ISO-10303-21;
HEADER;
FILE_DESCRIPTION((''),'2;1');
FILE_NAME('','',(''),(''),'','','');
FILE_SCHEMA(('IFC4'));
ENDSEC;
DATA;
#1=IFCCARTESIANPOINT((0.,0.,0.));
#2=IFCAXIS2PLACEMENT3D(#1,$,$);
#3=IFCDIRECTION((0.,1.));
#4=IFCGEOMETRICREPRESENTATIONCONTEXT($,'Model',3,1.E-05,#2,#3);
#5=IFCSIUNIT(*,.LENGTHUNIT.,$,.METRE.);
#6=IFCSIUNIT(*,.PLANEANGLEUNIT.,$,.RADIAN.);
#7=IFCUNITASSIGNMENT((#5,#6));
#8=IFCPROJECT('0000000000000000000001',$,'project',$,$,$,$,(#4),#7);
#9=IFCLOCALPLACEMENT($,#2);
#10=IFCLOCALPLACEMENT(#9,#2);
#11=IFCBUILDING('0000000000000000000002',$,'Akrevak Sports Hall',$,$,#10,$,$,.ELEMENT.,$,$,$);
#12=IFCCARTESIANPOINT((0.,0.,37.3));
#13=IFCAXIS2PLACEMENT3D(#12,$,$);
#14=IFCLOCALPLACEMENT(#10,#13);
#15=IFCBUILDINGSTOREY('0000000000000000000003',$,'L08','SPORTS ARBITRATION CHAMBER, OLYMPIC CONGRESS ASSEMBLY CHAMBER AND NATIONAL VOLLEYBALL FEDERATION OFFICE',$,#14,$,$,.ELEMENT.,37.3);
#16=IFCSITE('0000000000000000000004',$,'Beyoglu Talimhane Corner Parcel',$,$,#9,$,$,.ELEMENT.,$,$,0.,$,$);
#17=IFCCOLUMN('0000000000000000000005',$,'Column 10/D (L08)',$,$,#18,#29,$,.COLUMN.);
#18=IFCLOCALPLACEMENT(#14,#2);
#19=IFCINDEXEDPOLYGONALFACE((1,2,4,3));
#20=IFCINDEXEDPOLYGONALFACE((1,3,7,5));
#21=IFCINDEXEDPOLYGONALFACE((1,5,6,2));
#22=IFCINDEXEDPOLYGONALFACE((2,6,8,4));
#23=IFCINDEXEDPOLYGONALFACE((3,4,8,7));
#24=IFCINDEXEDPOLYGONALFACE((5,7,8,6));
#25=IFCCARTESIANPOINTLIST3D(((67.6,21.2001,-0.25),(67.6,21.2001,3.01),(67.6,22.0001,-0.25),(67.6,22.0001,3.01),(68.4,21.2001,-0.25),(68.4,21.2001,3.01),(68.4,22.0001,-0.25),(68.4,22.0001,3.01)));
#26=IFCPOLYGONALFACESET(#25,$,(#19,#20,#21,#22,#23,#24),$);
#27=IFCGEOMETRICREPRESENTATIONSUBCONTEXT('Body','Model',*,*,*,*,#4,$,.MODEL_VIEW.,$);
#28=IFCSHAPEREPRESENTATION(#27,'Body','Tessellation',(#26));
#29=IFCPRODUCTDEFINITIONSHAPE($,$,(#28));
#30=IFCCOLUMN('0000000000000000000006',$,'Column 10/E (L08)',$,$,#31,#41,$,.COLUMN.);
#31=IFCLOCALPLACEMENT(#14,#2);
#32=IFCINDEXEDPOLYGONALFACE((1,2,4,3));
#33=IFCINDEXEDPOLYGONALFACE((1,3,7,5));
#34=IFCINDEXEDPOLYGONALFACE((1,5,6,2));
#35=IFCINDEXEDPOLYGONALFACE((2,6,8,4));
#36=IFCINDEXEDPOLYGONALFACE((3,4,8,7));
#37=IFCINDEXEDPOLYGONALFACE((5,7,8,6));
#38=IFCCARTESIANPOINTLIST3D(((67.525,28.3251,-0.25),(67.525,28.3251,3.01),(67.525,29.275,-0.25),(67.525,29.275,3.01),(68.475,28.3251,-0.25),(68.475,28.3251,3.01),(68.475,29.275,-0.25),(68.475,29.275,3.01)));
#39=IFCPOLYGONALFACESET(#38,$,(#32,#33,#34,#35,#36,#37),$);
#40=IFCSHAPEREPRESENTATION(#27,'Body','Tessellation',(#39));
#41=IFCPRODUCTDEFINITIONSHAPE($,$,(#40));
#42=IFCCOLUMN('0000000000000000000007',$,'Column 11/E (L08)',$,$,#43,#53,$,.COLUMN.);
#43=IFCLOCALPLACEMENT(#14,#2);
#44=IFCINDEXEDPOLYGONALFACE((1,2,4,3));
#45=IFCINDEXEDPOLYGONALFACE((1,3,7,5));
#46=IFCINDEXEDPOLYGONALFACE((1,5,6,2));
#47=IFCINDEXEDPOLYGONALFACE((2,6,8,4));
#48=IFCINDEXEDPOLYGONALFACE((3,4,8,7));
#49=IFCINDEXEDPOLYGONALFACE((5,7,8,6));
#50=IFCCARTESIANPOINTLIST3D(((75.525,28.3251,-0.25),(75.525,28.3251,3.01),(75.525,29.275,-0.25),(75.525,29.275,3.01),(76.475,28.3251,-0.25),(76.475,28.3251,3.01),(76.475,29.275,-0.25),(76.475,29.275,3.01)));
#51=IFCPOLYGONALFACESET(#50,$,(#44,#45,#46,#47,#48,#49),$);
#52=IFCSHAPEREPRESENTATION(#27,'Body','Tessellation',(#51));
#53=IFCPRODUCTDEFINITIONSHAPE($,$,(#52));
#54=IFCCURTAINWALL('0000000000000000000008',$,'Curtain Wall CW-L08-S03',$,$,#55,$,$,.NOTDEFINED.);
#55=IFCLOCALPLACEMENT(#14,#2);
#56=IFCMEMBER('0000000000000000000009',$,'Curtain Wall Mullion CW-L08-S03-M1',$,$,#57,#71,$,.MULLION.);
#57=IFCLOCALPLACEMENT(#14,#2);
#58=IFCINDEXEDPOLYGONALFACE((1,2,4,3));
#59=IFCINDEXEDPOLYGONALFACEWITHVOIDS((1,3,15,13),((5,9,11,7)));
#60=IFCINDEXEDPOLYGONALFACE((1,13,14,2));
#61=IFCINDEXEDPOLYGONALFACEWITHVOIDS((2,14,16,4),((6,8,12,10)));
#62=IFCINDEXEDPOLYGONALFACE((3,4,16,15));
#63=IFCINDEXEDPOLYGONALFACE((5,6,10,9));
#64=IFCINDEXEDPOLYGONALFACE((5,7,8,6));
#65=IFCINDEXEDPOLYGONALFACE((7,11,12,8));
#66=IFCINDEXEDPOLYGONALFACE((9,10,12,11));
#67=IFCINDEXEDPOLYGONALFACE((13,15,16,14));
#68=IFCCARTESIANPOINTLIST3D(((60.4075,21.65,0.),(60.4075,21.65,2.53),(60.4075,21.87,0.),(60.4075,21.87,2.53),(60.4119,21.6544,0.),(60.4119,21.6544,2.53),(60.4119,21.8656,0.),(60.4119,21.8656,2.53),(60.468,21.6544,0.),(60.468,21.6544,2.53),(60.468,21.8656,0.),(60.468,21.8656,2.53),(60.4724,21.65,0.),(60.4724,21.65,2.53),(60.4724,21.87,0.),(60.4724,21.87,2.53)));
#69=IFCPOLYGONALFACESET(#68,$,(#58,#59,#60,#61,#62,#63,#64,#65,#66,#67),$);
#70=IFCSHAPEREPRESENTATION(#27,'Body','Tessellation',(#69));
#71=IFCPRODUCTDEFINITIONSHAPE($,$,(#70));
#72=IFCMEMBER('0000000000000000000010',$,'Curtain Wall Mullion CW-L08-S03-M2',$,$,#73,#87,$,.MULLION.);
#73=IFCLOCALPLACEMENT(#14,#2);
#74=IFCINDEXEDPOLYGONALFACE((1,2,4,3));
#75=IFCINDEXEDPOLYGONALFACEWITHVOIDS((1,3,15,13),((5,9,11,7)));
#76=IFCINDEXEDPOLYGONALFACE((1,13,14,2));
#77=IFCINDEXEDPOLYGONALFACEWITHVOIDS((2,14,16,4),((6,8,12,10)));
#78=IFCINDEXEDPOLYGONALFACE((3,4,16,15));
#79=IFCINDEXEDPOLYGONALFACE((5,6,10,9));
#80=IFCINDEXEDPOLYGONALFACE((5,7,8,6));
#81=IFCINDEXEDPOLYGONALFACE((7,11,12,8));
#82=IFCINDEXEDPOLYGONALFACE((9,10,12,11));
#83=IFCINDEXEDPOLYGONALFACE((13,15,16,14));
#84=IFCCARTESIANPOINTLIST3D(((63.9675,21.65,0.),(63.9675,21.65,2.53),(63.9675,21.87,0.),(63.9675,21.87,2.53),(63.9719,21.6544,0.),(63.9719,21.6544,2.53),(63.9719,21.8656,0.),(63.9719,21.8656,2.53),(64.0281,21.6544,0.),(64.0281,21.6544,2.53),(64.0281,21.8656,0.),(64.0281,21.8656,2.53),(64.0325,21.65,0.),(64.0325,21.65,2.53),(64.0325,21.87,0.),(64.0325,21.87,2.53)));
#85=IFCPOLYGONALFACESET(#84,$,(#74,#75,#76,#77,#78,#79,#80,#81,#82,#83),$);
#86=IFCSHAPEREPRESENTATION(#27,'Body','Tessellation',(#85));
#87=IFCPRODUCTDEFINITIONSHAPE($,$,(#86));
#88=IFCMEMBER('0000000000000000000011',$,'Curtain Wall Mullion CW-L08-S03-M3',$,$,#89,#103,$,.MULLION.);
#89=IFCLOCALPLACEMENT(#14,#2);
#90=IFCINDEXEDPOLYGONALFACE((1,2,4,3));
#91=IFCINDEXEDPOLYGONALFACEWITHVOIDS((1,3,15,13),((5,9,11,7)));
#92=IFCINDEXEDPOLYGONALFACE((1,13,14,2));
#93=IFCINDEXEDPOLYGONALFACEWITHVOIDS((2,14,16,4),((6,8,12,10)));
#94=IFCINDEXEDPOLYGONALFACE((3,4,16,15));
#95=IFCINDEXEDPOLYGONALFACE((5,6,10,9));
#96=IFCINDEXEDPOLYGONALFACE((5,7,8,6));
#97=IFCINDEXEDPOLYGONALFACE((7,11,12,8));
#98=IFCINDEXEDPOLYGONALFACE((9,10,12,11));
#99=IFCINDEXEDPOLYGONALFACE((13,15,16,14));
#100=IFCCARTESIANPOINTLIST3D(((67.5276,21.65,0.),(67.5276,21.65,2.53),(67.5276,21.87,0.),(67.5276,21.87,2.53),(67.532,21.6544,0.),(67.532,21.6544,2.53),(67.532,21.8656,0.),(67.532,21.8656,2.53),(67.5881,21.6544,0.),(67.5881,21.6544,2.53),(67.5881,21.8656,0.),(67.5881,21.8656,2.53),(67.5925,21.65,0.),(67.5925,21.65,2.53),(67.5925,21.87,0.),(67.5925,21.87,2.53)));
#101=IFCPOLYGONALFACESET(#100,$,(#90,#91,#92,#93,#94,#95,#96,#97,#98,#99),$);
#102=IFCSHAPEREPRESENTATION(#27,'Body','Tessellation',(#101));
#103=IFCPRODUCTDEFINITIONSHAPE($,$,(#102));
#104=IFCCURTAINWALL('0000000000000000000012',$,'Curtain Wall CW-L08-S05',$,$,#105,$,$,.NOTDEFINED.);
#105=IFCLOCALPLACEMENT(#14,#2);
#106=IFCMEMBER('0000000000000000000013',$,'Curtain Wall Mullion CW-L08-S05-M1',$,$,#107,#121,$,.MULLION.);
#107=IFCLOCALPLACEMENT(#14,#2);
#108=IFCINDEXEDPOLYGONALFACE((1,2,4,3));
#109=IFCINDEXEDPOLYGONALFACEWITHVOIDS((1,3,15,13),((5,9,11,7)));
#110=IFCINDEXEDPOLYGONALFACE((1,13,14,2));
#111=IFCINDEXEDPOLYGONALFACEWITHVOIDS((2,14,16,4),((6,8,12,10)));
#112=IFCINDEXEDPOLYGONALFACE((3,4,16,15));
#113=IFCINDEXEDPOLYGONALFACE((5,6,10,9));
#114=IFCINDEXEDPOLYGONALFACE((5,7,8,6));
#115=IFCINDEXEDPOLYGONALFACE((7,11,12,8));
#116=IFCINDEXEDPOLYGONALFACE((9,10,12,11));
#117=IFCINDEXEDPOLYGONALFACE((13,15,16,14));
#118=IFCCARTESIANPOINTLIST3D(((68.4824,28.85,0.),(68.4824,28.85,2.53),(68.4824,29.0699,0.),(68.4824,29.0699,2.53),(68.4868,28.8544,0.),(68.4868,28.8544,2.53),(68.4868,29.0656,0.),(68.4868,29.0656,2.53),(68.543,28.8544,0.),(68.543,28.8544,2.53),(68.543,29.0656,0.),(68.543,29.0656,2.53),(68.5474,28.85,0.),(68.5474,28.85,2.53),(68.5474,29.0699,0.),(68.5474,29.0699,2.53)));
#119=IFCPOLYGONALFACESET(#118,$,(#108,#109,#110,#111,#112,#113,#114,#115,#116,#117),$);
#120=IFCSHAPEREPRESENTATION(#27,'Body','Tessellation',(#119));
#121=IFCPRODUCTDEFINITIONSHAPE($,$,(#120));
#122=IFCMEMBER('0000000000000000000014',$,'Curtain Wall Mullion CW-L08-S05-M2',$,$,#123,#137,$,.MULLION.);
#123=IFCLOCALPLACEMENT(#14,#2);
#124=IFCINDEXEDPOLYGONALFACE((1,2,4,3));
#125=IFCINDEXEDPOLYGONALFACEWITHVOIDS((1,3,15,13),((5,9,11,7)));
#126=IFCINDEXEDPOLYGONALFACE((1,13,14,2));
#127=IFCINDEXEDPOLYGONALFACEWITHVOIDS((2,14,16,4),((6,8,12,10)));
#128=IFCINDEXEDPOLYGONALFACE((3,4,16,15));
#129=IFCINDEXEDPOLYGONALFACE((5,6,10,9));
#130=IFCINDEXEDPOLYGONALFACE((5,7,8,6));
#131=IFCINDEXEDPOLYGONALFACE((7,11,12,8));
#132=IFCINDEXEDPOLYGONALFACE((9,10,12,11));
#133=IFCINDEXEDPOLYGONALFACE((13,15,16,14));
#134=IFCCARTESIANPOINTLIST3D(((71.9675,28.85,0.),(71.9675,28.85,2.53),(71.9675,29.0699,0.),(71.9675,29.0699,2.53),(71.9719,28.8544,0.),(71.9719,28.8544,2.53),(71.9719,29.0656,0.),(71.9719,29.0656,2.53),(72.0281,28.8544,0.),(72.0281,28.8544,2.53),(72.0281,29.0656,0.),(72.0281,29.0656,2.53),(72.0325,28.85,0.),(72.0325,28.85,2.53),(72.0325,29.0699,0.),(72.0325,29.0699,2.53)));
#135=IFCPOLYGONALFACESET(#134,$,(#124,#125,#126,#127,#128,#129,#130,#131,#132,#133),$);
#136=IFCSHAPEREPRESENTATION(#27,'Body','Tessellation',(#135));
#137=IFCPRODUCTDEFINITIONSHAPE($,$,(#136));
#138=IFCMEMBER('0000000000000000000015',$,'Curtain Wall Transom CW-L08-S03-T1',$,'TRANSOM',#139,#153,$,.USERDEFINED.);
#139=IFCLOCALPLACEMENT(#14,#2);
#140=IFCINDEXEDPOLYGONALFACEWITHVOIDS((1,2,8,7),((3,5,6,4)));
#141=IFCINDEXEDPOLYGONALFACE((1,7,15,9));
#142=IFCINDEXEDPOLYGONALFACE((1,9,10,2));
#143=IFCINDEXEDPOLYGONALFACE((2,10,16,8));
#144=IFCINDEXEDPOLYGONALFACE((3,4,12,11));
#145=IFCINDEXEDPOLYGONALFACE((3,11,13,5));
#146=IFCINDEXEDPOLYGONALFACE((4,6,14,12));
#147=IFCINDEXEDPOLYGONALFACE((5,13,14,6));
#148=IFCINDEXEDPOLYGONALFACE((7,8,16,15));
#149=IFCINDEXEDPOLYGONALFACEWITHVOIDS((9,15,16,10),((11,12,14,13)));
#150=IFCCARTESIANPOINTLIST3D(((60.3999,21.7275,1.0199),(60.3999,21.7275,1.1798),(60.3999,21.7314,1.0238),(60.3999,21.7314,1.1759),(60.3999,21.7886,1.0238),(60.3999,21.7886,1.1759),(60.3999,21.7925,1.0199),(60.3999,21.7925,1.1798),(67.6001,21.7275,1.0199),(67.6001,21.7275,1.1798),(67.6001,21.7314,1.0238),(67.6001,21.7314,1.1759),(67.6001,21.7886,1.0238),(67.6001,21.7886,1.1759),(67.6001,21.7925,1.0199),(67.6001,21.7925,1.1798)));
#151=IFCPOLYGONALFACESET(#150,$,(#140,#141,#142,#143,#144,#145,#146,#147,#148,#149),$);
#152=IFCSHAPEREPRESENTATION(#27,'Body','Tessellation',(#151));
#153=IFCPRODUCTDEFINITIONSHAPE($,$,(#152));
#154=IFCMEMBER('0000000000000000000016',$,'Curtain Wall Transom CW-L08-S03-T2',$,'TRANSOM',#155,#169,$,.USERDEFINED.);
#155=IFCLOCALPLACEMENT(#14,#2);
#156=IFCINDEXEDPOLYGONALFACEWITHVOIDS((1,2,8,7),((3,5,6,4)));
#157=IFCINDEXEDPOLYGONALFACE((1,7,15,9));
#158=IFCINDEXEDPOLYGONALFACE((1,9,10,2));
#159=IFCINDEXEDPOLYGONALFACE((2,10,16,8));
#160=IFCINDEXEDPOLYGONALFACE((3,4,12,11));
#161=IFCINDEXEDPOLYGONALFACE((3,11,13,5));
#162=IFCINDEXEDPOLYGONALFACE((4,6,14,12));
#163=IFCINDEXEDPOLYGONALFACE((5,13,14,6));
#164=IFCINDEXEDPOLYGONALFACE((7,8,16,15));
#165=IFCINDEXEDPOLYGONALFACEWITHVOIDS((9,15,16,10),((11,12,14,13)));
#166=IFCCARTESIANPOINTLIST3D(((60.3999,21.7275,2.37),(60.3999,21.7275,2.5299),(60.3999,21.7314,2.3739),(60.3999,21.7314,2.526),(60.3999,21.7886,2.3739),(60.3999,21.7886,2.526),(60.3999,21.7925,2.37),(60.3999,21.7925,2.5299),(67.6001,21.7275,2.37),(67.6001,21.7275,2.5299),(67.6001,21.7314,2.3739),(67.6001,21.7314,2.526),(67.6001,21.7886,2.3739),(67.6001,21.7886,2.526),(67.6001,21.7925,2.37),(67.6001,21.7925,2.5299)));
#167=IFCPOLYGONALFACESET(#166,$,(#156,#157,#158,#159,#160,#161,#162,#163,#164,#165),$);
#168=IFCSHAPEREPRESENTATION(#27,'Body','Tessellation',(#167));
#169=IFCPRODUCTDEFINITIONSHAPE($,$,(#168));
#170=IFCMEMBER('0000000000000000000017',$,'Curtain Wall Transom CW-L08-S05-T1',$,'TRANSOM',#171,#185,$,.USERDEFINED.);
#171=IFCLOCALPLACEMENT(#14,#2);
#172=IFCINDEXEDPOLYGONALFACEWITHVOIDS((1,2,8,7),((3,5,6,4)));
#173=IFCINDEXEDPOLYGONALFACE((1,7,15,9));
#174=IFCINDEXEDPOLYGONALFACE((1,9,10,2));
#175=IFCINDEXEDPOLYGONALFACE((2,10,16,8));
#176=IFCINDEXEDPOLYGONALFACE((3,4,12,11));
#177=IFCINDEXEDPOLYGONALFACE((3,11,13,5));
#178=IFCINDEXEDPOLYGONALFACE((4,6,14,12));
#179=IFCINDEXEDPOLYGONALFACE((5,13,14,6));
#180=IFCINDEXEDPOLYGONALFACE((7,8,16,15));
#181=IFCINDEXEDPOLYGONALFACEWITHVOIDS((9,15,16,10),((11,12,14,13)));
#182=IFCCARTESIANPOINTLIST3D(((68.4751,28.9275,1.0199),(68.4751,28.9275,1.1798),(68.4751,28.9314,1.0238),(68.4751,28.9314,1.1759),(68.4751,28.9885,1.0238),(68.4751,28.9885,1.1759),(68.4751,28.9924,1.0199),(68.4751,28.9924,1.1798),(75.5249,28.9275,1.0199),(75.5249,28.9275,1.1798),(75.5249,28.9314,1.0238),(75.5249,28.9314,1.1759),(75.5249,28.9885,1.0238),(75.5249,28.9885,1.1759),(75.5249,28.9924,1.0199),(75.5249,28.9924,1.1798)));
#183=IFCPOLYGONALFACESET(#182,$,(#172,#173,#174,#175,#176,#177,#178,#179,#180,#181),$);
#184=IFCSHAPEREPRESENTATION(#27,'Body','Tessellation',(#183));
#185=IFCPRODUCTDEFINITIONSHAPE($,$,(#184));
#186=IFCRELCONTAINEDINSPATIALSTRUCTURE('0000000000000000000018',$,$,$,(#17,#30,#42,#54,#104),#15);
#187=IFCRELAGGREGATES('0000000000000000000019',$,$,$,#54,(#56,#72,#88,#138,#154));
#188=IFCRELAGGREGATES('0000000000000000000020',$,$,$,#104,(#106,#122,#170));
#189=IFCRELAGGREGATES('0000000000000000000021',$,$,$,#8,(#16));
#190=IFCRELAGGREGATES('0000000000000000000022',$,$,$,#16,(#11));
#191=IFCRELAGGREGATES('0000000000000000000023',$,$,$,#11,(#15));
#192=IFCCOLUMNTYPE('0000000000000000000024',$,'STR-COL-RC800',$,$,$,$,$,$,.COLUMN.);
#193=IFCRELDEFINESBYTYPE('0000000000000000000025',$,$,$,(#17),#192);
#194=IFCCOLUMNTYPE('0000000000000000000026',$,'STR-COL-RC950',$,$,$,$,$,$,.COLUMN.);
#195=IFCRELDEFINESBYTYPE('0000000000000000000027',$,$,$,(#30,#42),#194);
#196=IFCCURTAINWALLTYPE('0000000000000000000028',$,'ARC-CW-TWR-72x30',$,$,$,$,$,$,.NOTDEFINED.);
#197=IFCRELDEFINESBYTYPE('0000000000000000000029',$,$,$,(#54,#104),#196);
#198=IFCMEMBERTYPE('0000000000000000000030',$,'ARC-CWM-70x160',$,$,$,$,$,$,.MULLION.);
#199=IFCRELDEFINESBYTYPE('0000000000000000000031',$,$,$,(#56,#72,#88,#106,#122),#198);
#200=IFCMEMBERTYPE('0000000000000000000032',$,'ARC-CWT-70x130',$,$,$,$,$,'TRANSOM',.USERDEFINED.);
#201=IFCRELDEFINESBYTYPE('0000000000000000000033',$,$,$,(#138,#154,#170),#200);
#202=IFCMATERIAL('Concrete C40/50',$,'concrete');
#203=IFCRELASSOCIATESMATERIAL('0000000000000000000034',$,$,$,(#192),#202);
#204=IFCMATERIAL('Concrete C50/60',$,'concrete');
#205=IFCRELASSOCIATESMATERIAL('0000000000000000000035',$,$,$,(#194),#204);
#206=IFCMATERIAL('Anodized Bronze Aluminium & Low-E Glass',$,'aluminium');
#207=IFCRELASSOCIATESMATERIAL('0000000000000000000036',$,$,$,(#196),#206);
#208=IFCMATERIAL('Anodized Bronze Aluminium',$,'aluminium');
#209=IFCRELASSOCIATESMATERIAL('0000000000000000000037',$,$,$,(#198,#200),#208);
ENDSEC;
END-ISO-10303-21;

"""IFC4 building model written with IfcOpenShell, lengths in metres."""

from ifc_helpers import new_model, si_unit, direction, frame, origin, origin_2d, place, context, subcontext, project, spatial, rectangle, hollow_rectangle, extrude, material, material_profile, profile_set, type_object, element, aggregate, save


model = new_model("IFC4")

# Units and contexts
model_context = context("Model", 3, precision=1e-05, world=origin(), true_north=direction((0.0, 1.0)))
body_context = subcontext(model_context, "Body", "Model", "MODEL_VIEW")
ifc_project = project(units=[si_unit("LENGTHUNIT", "METRE"), si_unit("PLANEANGLEUNIT", "RADIAN")], contexts=[model_context])

# Site, building, storey
site_placement = place(None, origin())
site = spatial("IfcSite", under=ifc_project, at=site_placement, Name="Beyoglu Talimhane Corner Parcel", CompositionType="ELEMENT", RefElevation=0.0)
building_placement = place(site_placement, origin())
building = spatial("IfcBuilding", under=site, at=building_placement, Name="Akrevak Sports Hall", CompositionType="ELEMENT")
storey_placement = place(building_placement, frame((0.0, 0.0, 37.3)))
storey = spatial("IfcBuildingStorey", under=building, at=storey_placement, Name="L08", Description="SPORTS ARBITRATION CHAMBER, OLYMPIC CONGRESS ASSEMBLY CHAMBER AND NATIONAL VOLLEYBALL FEDERATION OFFICE", CompositionType="ELEMENT", Elevation=37.3)

# Columns
ifc_material_1 = material(Name="Concrete C40/50", Category="concrete")
ifc_material_profile_1 = material_profile(ifc_material_1, rectangle(XDim=0.8, YDim=0.8, at=origin_2d()), Name="RC 800x800", Category="concrete")
ifc_profile_set_1 = profile_set([ifc_material_profile_1], Name="Concrete C40/50")
column_type_1 = type_object("IfcColumnType", Name="STR-COL-RC800", PredefinedType="COLUMN", material=ifc_profile_set_1)
column_placement = place(storey_placement, frame((68.0, 21.6001, -0.25), z_axis=(0.0, 0.0, 1.0), x_axis=(1.0, 0.0, 0.0)))
element("IfcColumn", 1, at=column_placement, inside=storey, type_object=column_type_1, Name="Column 10/D (L08)", PredefinedType="COLUMN", context=body_context, shape_type="SweptSolid", body=[
    extrude(rectangle(XDim=0.8, YDim=0.8, at=origin_2d()), origin(), (0.0, 0.0, 1.0), 3.26),
])
ifc_material_2 = material(Name="Concrete C50/60", Category="concrete")
ifc_material_profile_2 = material_profile(ifc_material_2, rectangle(XDim=0.95, YDim=0.95, at=origin_2d()), Name="RC 950x950", Category="concrete")
ifc_profile_set_2 = profile_set([ifc_material_profile_2], Name="Concrete C50/60")
column_type_2 = type_object("IfcColumnType", Name="STR-COL-RC950", PredefinedType="COLUMN", material=ifc_profile_set_2)
for number, where, z_axis, x_axis, name in (
    (2, (68.0, 28.8, -0.25), (0.0, 0.0, 1.0), (1.0, 0.0, 0.0), "Column 10/E (L08)"),
    (3, (76.0, 28.8, -0.25), (0.0, 0.0, 1.0), (1.0, 0.0, 0.0), "Column 11/E (L08)"),
):
    element("IfcColumn", number, at=place(storey_placement, frame(where, z_axis=z_axis, x_axis=x_axis)), inside=storey, type_object=column_type_2, Name=name, PredefinedType="COLUMN", context=body_context, shape_type="SweptSolid", body=[
        extrude(rectangle(XDim=0.95, YDim=0.95, at=origin_2d()), origin(), (0.0, 0.0, 1.0), 3.26),
    ])

# Curtain walls, members
ifc_material_3 = material(Name="Anodized Bronze Aluminium & Low-E Glass", Category="aluminium")
curtain_wall_type = type_object("IfcCurtainWallType", Name="ARC-CW-TWR-72x30", PredefinedType="NOTDEFINED", material=ifc_material_3)
curtain_wall_1_placement = place(storey_placement, origin())
curtain_wall_1 = element("IfcCurtainWall", 4, at=curtain_wall_1_placement, inside=storey, type_object=curtain_wall_type, Name="Curtain Wall CW-L08-S03", PredefinedType="NOTDEFINED")
ifc_material_4 = material(Name="Anodized Bronze Aluminium", Category="aluminium")
ifc_material_profile_3 = material_profile(ifc_material_4, hollow_rectangle(XDim=0.0649, YDim=0.22, WallThickness=0.0044, at=origin_2d()), Name="CWM 65x220", Category="aluminium")
ifc_profile_set_3 = profile_set([ifc_material_profile_3], Name="Anodized Bronze Aluminium")
member_type_1 = type_object("IfcMemberType", Name="ARC-CWM-70x160", PredefinedType="MULLION", material=ifc_profile_set_3)
member_1_placement = place(storey_placement, frame((60.4399, 21.76, 0.0), z_axis=(0.0, 0.0, 1.0), x_axis=(1.0, 0.0, 0.0)))
member_1 = element("IfcMember", 5, at=member_1_placement, type_object=member_type_1, Name="Curtain Wall Mullion CW-L08-S03-M1", PredefinedType="MULLION", context=body_context, shape_type="SweptSolid", body=[
    extrude(hollow_rectangle(XDim=0.0649, YDim=0.22, WallThickness=0.0044, at=origin_2d()), origin(), (0.0, 0.0, 1.0), 2.53),
])
member_2_placement = place(storey_placement, frame((64.0, 21.76, 0.0), z_axis=(0.0, 0.0, 1.0), x_axis=(1.0, 0.0, 0.0)))
member_2 = element("IfcMember", 6, at=member_2_placement, type_object=member_type_1, Name="Curtain Wall Mullion CW-L08-S03-M2", PredefinedType="MULLION", context=body_context, shape_type="SweptSolid", body=[
    extrude(hollow_rectangle(XDim=0.0649, YDim=0.22, WallThickness=0.0044, at=origin_2d()), origin(), (0.0, 0.0, 1.0), 2.53),
])
member_3_placement = place(storey_placement, frame((67.5601, 21.76, 0.0), z_axis=(0.0, 0.0, 1.0), x_axis=(1.0, 0.0, 0.0)))
member_3 = element("IfcMember", 7, at=member_3_placement, type_object=member_type_1, Name="Curtain Wall Mullion CW-L08-S03-M3", PredefinedType="MULLION", context=body_context, shape_type="SweptSolid", body=[
    extrude(hollow_rectangle(XDim=0.0649, YDim=0.22, WallThickness=0.0044, at=origin_2d()), origin(), (0.0, 0.0, 1.0), 2.53),
])
curtain_wall_2_placement = place(storey_placement, origin())
curtain_wall_2 = element("IfcCurtainWall", 8, at=curtain_wall_2_placement, inside=storey, type_object=curtain_wall_type, Name="Curtain Wall CW-L08-S05", PredefinedType="NOTDEFINED")
member_4_placement = place(storey_placement, frame((68.5149, 28.96, 0.0), z_axis=(0.0, 0.0, 1.0), x_axis=(1.0, 0.0, 0.0)))
member_4 = element("IfcMember", 9, at=member_4_placement, type_object=member_type_1, Name="Curtain Wall Mullion CW-L08-S05-M1", PredefinedType="MULLION", context=body_context, shape_type="SweptSolid", body=[
    extrude(hollow_rectangle(XDim=0.0649, YDim=0.22, WallThickness=0.0044, at=origin_2d()), origin(), (0.0, 0.0, 1.0), 2.53),
])
member_5_placement = place(storey_placement, frame((72.0, 28.96, 0.0), z_axis=(0.0, 0.0, 1.0), x_axis=(1.0, 0.0, 0.0)))
member_5 = element("IfcMember", 10, at=member_5_placement, type_object=member_type_1, Name="Curtain Wall Mullion CW-L08-S05-M2", PredefinedType="MULLION", context=body_context, shape_type="SweptSolid", body=[
    extrude(hollow_rectangle(XDim=0.0649, YDim=0.22, WallThickness=0.0044, at=origin_2d()), origin(), (0.0, 0.0, 1.0), 2.53),
])

# Members
ifc_material_profile_4 = material_profile(ifc_material_4, hollow_rectangle(XDim=0.0649, YDim=0.1599, WallThickness=0.0039, at=origin_2d()), Name="CWT 65x160", Category="aluminium")
ifc_profile_set_4 = profile_set([ifc_material_profile_4], Name="Anodized Bronze Aluminium")
member_type_2 = type_object("IfcMemberType", Name="ARC-CWT-70x130", ElementType="TRANSOM", PredefinedType="USERDEFINED", material=ifc_profile_set_4)
member_6_placement = place(storey_placement, frame((60.3999, 21.76, 1.0999), z_axis=(1.0, 0.0, 0.0), x_axis=(0.0, 1.0, 0.0)))
member_6 = element("IfcMember", 11, at=member_6_placement, type_object=member_type_2, Name="Curtain Wall Transom CW-L08-S03-T1", ObjectType="TRANSOM", PredefinedType="USERDEFINED", context=body_context, shape_type="SweptSolid", body=[
    extrude(hollow_rectangle(XDim=0.0649, YDim=0.1599, WallThickness=0.0039, at=origin_2d()), origin(), (0.0, 0.0, 1.0), 7.2002),
])
member_7_placement = place(storey_placement, frame((60.3999, 21.76, 2.45), z_axis=(1.0, 0.0, 0.0), x_axis=(0.0, 1.0, 0.0)))
member_7 = element("IfcMember", 12, at=member_7_placement, type_object=member_type_2, Name="Curtain Wall Transom CW-L08-S03-T2", ObjectType="TRANSOM", PredefinedType="USERDEFINED", context=body_context, shape_type="SweptSolid", body=[
    extrude(hollow_rectangle(XDim=0.0649, YDim=0.1599, WallThickness=0.0039, at=origin_2d()), origin(), (0.0, 0.0, 1.0), 7.2002),
])
member_8_placement = place(storey_placement, frame((68.4751, 28.96, 1.0999), z_axis=(1.0, 0.0, 0.0), x_axis=(0.0, 1.0, 0.0)))
member_8 = element("IfcMember", 13, at=member_8_placement, type_object=member_type_2, Name="Curtain Wall Transom CW-L08-S05-T1", ObjectType="TRANSOM", PredefinedType="USERDEFINED", context=body_context, shape_type="SweptSolid", body=[
    extrude(hollow_rectangle(XDim=0.0649, YDim=0.1599, WallThickness=0.0039, at=origin_2d()), origin(), (0.0, 0.0, 1.0), 7.0498),
])

aggregate(curtain_wall_1, [member_1, member_2, member_3, member_6, member_7])
aggregate(curtain_wall_2, [member_4, member_5, member_8])

save(model, "model.ifc")
